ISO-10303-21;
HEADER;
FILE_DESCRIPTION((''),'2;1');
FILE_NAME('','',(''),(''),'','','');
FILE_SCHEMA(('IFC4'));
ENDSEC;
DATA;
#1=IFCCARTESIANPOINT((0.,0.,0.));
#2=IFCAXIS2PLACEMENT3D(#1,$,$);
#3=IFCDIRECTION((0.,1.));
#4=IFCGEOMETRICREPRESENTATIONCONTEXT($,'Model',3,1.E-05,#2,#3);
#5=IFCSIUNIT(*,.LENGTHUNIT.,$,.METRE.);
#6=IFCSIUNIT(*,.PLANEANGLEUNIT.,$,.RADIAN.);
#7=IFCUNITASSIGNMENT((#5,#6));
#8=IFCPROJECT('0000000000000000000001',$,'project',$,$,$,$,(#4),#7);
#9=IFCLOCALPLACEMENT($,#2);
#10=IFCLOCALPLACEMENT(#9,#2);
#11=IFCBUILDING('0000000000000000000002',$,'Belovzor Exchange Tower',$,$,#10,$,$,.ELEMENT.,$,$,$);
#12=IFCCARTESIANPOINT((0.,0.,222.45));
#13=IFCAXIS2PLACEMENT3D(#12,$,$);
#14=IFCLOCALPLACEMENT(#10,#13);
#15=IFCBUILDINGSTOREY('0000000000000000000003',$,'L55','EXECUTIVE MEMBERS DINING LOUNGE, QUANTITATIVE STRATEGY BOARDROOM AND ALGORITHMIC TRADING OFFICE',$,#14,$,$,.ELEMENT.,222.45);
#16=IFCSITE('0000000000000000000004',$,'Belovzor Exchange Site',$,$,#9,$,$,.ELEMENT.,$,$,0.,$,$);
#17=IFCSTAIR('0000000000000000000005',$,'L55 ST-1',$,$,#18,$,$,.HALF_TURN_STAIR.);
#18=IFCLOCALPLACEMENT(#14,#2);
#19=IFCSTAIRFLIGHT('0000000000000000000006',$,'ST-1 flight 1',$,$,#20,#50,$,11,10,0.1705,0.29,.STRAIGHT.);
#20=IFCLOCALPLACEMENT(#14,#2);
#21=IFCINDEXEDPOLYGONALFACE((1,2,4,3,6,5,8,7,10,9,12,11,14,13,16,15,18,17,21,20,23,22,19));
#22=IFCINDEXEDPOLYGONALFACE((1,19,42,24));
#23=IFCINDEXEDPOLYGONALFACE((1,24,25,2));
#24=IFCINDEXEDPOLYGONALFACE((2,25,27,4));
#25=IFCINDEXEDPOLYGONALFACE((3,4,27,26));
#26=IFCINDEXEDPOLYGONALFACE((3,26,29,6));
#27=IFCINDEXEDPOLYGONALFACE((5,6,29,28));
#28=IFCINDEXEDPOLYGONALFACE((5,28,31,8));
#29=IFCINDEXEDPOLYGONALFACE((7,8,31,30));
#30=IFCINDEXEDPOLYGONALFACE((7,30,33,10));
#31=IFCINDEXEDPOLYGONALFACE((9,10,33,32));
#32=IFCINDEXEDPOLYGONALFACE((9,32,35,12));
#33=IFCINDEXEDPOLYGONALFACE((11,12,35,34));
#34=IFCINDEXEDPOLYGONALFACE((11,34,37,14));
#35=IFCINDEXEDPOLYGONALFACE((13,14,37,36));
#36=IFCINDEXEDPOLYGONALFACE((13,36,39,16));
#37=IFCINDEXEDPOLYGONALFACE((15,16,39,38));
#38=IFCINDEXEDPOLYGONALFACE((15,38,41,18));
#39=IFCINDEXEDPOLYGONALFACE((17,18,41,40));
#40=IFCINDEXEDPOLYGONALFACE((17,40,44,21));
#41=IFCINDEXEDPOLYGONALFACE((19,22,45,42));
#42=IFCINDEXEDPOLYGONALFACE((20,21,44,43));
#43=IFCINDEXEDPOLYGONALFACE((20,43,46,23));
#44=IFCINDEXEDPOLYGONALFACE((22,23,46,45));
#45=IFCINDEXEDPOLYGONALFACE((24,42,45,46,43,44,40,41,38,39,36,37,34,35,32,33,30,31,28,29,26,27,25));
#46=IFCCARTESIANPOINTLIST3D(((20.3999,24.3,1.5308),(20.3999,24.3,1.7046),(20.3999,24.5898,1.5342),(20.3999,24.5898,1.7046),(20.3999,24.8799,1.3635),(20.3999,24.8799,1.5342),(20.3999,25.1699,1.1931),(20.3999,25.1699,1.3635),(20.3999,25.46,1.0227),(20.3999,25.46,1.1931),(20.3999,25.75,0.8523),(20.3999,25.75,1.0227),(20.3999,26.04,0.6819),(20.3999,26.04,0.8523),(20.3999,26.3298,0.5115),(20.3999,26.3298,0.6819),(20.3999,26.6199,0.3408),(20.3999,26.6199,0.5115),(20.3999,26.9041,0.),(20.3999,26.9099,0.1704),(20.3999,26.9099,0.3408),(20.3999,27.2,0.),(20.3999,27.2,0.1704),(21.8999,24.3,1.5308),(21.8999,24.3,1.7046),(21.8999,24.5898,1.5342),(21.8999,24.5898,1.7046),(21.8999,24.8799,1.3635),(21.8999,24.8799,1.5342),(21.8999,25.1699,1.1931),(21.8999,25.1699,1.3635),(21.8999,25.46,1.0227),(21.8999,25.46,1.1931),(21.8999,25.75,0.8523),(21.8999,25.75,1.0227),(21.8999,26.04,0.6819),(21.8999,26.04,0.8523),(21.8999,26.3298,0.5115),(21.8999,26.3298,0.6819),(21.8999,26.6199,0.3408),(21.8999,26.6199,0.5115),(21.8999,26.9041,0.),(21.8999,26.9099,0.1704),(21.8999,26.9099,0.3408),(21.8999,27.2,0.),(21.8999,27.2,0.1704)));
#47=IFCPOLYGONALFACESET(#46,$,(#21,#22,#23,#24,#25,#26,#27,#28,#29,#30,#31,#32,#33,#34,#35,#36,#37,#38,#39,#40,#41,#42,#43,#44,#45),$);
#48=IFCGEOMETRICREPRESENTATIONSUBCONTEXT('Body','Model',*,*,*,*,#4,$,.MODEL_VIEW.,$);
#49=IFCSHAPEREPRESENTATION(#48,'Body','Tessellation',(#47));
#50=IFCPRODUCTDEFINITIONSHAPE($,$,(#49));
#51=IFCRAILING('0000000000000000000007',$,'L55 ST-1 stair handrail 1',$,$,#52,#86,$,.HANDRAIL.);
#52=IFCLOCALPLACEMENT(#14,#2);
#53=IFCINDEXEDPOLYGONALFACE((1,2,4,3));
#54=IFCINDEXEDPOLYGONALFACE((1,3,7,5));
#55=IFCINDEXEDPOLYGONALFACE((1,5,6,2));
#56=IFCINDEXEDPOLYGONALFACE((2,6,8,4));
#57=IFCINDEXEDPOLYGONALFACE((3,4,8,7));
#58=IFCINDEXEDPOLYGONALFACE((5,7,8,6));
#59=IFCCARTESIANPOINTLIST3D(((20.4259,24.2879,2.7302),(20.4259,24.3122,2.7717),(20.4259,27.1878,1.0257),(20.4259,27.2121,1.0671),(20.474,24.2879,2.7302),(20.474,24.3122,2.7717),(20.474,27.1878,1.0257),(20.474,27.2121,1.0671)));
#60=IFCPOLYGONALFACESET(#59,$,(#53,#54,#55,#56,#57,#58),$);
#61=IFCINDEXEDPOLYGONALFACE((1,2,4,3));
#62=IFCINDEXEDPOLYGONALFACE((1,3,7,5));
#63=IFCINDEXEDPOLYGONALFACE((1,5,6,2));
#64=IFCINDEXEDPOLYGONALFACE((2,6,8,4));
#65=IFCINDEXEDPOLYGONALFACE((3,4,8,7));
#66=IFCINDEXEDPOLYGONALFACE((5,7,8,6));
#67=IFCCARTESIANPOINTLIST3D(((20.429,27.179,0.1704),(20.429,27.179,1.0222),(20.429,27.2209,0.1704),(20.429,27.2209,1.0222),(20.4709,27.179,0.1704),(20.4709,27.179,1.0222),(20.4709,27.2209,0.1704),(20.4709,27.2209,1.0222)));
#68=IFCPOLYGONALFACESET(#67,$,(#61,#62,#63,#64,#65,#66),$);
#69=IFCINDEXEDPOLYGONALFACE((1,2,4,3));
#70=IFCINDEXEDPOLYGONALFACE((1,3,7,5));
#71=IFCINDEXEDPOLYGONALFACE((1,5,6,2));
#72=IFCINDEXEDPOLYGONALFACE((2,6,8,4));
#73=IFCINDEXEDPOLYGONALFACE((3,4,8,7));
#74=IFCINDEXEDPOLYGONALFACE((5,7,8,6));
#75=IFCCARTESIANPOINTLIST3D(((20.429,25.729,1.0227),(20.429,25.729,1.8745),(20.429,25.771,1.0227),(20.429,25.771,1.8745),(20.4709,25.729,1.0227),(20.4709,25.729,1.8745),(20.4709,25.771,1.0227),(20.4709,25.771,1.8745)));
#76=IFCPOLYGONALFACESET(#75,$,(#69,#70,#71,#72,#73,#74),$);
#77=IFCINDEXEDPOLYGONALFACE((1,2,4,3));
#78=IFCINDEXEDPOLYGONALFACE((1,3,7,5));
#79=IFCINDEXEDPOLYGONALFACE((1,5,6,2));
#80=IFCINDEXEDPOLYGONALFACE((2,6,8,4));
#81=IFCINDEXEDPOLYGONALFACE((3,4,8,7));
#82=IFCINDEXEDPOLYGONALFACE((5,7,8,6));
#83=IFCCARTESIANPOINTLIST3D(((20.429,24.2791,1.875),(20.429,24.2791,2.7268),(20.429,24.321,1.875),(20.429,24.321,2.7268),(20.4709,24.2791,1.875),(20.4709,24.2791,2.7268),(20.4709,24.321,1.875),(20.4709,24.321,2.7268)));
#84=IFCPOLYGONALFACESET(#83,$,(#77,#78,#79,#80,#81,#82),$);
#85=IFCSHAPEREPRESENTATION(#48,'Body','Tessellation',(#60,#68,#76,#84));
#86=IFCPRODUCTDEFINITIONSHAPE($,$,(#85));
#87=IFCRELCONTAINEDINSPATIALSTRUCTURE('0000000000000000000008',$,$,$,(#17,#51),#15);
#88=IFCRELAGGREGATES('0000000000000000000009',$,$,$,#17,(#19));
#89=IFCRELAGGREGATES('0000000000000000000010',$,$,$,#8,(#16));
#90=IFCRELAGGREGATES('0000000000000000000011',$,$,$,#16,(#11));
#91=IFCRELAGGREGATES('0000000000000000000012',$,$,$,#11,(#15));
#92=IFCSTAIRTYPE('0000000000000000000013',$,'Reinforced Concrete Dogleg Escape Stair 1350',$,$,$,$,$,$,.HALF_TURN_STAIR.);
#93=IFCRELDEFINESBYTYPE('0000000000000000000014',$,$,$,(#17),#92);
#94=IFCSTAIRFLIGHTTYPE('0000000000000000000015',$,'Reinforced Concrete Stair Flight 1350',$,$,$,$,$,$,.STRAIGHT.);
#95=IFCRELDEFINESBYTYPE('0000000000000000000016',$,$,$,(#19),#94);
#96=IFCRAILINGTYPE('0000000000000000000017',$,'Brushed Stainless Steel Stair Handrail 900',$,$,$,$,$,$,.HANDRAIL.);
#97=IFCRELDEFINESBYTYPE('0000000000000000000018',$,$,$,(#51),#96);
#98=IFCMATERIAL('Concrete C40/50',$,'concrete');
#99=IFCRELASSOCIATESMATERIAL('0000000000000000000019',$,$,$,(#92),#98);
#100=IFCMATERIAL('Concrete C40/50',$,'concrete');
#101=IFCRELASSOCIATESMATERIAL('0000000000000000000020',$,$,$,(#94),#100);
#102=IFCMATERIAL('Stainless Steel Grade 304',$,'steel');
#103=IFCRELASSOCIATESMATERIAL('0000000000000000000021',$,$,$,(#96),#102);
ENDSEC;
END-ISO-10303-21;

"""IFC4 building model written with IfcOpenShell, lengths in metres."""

from ifc_helpers import new_model, si_unit, direction, frame, origin, origin_2d, place, context, subcontext, project, spatial, polyline, rectangle, outline, extrude, material, type_object, element, aggregate, save


model = new_model("IFC4")

# Units and contexts
model_context = context("Model", 3, precision=1e-05, world=origin(), true_north=direction((0.0, 1.0)))
body_context = subcontext(model_context, "Body", "Model", "MODEL_VIEW")
ifc_project = project(units=[si_unit("LENGTHUNIT", "METRE"), si_unit("PLANEANGLEUNIT", "RADIAN")], contexts=[model_context])

# Site, building, storey
site_placement = place(None, origin())
site = spatial("IfcSite", under=ifc_project, at=site_placement, Name="Belovzor Exchange Site", CompositionType="ELEMENT", RefElevation=0.0)
building_placement = place(site_placement, origin())
building = spatial("IfcBuilding", under=site, at=building_placement, Name="Belovzor Exchange Tower", CompositionType="ELEMENT")
storey_placement = place(building_placement, frame((0.0, 0.0, 222.45)))
storey = spatial("IfcBuildingStorey", under=building, at=storey_placement, Name="L55", Description="EXECUTIVE MEMBERS DINING LOUNGE, QUANTITATIVE STRATEGY BOARDROOM AND ALGORITHMIC TRADING OFFICE", CompositionType="ELEMENT", Elevation=222.45)

# Stair, stair flight
ifc_material_1 = material(Name="Concrete C40/50", Category="concrete")
stair_type = type_object("IfcStairType", Name="Reinforced Concrete Dogleg Escape Stair 1350", PredefinedType="HALF_TURN_STAIR", material=ifc_material_1)
stair_placement = place(storey_placement, origin())
stair = element("IfcStair", 1, at=stair_placement, inside=storey, type_object=stair_type, Name="L55 ST-1", PredefinedType="HALF_TURN_STAIR")
ifc_material_2 = material(Name="Concrete C40/50", Category="concrete")
stair_flight_type = type_object("IfcStairFlightType", Name="Reinforced Concrete Stair Flight 1350", PredefinedType="STRAIGHT", material=ifc_material_2)
stair_flight_placement = place(storey_placement, frame((21.1499, 27.2, 0.0), z_axis=(0.0, 0.0, 1.0), x_axis=(0.0, -1.0, 0.0)))
stair_flight = element("IfcStairFlight", 2, at=stair_flight_placement, type_object=stair_flight_type, Name="ST-1 flight 1", NumberOfRisers=11, NumberOfTreads=10, PredefinedType="STRAIGHT", RiserHeight=0.1705, TreadLength=0.29, context=body_context, shape_type="SweptSolid", body=[
    extrude(outline(polyline([(0.0, 0.0), (0.0, 0.1704), (0.29, 0.1704), (0.29, 0.3408), (0.5801, 0.3408), (0.5801, 0.5115), (0.8701, 0.5115), (0.8701, 0.6819), (1.1599, 0.6819), (1.1599, 0.8523), (1.45, 0.8523), (1.45, 1.0227), (1.74, 1.0227), (1.74, 1.1931), (2.03, 1.1931), (2.03, 1.3635), (2.3201, 1.3635), (2.3201, 1.5342), (2.6101, 1.5342), (2.6101, 1.7046), (2.8999, 1.7046), (2.8999, 1.875), (2.8999, 1.5308), (0.2959, 0.0), (0.0, 0.0)])), frame((0.0, 0.75, 0.0), z_axis=(0.0, -1.0, 0.0), x_axis=(1.0, 0.0, 0.0)), (0.0, 0.0, 1.0), 1.5),
])
aggregate(stair, [stair_flight])

# Railing
ifc_material_3 = material(Name="Stainless Steel Grade 304", Category="steel")
railing_type_1 = type_object("IfcRailingType", Name="Brushed Stainless Steel Stair Handrail 900", PredefinedType="HANDRAIL", material=ifc_material_3)
railing_1_placement = place(storey_placement, frame((20.45, 27.2, 0.1704)))
element("IfcRailing", 3, at=railing_1_placement, inside=storey, type_object=railing_type_1, Name="L55 ST-1 stair handrail 1", PredefinedType="HANDRAIL", context=body_context, shape_type="SweptSolid", body=[
    extrude(rectangle(XDim=0.0481, YDim=0.0481, at=origin_2d()), frame((0.0, 0.0, 0.876), z_axis=(0.0, -0.862095, 0.506747), x_axis=(1.0, 0.0, 0.0)), (0.0, 0.0, 1.0), 3.3638),
    extrude(rectangle(XDim=0.042, YDim=0.042, at=origin_2d()), origin(), (0.0, 0.0, 1.0), 0.8518),
    extrude(rectangle(XDim=0.042, YDim=0.042, at=origin_2d()), frame((0.0, -1.45, 0.8523)), (0.0, 0.0, 1.0), 0.8518),
    extrude(rectangle(XDim=0.042, YDim=0.042, at=origin_2d()), frame((0.0, -2.8999, 1.7046)), (0.0, 0.0, 1.0), 0.8518),
])

save(model, "model.ifc")
